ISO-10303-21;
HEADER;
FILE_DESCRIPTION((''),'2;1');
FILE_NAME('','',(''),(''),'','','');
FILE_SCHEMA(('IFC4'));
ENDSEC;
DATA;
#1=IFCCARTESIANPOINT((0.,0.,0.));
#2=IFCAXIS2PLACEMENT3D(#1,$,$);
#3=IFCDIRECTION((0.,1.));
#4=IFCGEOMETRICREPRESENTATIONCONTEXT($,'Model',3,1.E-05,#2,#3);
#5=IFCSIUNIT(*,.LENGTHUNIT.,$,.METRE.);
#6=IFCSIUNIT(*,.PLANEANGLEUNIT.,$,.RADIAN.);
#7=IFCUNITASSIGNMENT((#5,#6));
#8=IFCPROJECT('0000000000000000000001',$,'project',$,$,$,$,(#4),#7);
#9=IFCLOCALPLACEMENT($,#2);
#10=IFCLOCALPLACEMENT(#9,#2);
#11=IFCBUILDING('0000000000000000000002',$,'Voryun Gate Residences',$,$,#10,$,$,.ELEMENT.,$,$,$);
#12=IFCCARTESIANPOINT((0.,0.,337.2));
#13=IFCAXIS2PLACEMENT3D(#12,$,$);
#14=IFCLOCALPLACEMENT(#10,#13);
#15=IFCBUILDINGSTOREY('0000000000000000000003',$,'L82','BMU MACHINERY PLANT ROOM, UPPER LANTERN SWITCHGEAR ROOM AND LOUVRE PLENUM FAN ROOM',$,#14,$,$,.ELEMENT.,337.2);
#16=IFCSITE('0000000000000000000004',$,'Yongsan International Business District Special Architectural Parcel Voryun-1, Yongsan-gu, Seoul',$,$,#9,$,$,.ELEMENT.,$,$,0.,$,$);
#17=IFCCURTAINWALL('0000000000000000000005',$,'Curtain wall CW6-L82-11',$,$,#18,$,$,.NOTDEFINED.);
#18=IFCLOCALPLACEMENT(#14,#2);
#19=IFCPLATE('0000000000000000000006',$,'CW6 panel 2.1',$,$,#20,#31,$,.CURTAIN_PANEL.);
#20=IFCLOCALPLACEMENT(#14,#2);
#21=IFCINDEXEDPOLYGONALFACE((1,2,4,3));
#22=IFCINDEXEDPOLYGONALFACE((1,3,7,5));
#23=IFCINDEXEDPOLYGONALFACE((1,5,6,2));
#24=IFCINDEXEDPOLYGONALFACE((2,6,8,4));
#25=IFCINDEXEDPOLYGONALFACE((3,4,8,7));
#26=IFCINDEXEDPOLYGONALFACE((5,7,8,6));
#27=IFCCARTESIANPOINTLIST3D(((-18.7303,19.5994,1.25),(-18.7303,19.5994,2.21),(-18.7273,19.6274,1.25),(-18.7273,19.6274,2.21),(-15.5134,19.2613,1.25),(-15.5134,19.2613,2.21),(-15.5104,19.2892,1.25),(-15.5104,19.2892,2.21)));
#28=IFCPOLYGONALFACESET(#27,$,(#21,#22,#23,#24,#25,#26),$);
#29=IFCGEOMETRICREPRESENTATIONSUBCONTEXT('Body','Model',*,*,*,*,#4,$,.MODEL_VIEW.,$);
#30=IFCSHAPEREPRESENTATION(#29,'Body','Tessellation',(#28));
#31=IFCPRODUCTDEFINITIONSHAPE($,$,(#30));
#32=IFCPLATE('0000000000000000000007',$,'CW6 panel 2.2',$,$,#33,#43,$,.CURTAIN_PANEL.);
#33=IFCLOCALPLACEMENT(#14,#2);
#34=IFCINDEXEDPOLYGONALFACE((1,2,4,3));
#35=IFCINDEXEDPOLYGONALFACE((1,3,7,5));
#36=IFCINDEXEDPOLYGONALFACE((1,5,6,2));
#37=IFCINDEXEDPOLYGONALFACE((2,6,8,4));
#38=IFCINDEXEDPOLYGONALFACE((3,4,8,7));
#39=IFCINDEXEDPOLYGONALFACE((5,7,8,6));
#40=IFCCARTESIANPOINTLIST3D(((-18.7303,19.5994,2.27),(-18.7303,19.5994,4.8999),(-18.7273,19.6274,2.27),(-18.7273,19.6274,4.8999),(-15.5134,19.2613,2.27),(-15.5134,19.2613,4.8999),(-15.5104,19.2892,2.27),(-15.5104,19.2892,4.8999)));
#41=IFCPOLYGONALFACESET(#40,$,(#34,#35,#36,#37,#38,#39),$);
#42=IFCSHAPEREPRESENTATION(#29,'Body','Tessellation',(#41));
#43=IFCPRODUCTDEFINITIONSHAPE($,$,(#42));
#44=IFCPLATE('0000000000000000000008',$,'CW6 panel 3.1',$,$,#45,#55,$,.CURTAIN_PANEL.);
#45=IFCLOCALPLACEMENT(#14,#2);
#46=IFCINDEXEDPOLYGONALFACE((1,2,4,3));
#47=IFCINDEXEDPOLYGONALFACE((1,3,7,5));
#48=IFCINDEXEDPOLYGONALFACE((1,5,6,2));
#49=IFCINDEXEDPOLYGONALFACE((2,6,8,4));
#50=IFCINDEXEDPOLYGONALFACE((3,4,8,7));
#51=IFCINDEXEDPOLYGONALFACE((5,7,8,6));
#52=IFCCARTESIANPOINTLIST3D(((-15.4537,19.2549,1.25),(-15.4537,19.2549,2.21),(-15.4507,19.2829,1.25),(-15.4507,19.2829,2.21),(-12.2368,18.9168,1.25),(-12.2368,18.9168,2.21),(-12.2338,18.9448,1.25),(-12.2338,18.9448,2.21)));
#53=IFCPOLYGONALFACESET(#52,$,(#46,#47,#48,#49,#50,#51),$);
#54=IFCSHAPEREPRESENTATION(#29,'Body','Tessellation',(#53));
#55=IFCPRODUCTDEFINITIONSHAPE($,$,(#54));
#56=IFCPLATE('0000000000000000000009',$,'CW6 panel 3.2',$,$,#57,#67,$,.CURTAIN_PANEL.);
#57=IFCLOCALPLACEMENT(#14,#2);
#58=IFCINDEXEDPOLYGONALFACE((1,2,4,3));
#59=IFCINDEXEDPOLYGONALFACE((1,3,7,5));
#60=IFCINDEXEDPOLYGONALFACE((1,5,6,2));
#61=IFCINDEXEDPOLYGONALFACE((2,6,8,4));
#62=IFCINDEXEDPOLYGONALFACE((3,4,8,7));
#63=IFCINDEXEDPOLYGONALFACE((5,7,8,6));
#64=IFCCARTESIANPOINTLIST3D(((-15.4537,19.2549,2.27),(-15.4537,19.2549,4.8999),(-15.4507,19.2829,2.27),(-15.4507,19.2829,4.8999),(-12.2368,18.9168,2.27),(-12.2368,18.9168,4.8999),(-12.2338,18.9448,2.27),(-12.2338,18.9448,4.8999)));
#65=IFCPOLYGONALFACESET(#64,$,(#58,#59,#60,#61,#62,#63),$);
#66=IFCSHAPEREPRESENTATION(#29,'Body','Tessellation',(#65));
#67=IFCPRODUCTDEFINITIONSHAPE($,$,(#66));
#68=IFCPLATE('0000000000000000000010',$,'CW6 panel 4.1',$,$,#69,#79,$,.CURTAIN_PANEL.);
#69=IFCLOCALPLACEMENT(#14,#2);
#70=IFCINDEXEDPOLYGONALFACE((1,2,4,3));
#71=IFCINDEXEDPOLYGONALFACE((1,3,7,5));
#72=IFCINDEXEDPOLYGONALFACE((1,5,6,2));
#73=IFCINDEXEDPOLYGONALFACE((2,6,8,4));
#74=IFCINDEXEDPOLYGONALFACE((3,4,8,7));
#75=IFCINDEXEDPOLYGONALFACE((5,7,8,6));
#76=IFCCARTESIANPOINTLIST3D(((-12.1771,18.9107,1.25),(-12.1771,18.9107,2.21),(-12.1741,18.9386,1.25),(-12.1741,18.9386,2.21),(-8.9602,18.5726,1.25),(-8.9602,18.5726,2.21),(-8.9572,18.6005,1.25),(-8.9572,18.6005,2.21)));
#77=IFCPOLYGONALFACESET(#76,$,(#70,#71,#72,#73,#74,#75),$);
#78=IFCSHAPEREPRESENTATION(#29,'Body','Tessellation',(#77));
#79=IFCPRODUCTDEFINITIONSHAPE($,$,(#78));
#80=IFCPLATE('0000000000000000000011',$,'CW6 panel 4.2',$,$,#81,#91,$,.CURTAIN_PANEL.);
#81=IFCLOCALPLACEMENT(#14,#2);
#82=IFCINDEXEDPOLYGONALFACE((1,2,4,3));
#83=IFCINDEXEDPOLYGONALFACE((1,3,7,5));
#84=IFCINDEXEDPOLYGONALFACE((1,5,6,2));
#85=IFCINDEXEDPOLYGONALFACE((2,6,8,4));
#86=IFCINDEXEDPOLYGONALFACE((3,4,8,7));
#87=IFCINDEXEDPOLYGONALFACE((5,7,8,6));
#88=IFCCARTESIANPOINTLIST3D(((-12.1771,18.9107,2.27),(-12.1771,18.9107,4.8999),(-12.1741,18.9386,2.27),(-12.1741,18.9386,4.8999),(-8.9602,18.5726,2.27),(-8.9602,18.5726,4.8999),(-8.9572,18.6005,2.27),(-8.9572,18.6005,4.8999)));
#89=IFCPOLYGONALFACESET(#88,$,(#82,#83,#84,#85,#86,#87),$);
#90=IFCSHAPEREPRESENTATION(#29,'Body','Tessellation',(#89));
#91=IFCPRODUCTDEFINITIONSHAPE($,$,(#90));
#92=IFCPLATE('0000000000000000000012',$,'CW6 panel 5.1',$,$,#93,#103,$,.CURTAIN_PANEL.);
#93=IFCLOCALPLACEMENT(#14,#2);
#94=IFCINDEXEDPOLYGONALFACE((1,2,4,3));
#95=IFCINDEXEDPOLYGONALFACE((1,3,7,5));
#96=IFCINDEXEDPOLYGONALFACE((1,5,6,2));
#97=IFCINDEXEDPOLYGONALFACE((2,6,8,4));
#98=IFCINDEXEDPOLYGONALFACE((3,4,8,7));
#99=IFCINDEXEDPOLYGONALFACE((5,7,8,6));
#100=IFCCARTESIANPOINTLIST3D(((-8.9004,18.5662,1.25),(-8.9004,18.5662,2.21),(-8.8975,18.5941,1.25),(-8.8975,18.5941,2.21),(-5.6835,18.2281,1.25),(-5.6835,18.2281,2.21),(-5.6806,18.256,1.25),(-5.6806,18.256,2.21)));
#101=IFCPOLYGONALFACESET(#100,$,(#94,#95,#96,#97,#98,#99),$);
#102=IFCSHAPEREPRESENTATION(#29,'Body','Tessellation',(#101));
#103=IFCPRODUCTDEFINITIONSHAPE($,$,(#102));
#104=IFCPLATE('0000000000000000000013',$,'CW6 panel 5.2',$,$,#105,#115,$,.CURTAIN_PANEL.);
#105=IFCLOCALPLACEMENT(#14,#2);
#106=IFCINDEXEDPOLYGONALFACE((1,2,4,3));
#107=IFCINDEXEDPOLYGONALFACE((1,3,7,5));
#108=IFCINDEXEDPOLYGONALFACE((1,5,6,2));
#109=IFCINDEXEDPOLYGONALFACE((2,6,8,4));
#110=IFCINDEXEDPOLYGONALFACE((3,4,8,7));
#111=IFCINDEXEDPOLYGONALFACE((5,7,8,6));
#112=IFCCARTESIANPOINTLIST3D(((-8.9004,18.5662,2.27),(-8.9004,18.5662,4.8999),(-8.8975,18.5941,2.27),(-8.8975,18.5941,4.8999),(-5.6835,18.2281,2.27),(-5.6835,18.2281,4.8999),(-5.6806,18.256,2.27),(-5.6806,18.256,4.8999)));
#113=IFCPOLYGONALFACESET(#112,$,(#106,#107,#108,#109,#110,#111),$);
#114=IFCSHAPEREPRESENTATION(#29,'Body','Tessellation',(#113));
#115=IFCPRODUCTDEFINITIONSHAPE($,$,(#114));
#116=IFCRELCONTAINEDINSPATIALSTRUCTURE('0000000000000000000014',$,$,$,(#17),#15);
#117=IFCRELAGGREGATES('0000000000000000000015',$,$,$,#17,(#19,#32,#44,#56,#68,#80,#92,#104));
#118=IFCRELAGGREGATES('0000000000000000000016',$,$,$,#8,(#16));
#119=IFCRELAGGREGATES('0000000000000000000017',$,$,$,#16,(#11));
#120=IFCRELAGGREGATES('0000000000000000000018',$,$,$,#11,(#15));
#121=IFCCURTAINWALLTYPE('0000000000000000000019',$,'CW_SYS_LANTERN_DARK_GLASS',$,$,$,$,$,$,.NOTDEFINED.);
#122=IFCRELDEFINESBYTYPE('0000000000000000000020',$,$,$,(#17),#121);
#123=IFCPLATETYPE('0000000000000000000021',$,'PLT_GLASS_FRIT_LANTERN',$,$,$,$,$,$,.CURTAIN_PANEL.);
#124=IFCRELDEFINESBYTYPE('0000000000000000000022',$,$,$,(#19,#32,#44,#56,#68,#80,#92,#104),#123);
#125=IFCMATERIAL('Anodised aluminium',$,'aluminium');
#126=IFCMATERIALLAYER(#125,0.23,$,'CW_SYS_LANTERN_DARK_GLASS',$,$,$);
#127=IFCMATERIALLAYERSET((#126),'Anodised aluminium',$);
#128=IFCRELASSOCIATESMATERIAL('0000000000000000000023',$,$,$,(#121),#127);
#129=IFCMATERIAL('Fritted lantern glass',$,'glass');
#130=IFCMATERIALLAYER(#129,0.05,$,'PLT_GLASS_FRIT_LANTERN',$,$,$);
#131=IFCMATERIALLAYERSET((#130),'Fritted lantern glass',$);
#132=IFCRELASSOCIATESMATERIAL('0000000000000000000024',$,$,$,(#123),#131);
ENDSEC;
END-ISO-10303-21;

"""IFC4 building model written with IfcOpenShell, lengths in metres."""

from ifc_helpers import new_model, si_unit, direction, frame, origin, origin_2d, place, context, subcontext, project, spatial, rectangle, extrude, material, layer, layer_set, type_object, element, aggregate, save


model = new_model("IFC4")

# Units and contexts
model_context = context("Model", 3, precision=1e-05, world=origin(), true_north=direction((0.0, 1.0)))
body_context = subcontext(model_context, "Body", "Model", "MODEL_VIEW")
ifc_project = project(units=[si_unit("LENGTHUNIT", "METRE"), si_unit("PLANEANGLEUNIT", "RADIAN")], contexts=[model_context])

# Site, building, storey
site_placement = place(None, origin())
site = spatial("IfcSite", under=ifc_project, at=site_placement, Name="Yongsan International Business District Special Architectural Parcel Voryun-1, Yongsan-gu, Seoul", CompositionType="ELEMENT", RefElevation=0.0)
building_placement = place(site_placement, origin())
building = spatial("IfcBuilding", under=site, at=building_placement, Name="Voryun Gate Residences", CompositionType="ELEMENT")
storey_placement = place(building_placement, frame((0.0, 0.0, 337.2)))
storey = spatial("IfcBuildingStorey", under=building, at=storey_placement, Name="L82", Description="BMU MACHINERY PLANT ROOM, UPPER LANTERN SWITCHGEAR ROOM AND LOUVRE PLENUM FAN ROOM", CompositionType="ELEMENT", Elevation=337.2)

# Curtain wall
ifc_material_1 = material(Name="Anodised aluminium", Category="aluminium")
ifc_layer_1 = layer(ifc_material_1, 0.23, Name="CW_SYS_LANTERN_DARK_GLASS")
ifc_layer_set_1 = layer_set([ifc_layer_1], Name="Anodised aluminium")
curtain_wall_type = type_object("IfcCurtainWallType", Name="CW_SYS_LANTERN_DARK_GLASS", PredefinedType="NOTDEFINED", material=ifc_layer_set_1)
curtain_wall_placement = place(storey_placement, origin())
curtain_wall = element("IfcCurtainWall", 1, at=curtain_wall_placement, inside=storey, type_object=curtain_wall_type, Name="Curtain wall CW6-L82-11", PredefinedType="NOTDEFINED")

# Plates
ifc_material_2 = material(Name="Fritted lantern glass", Category="glass")
ifc_layer_2 = layer(ifc_material_2, 0.05, Name="PLT_GLASS_FRIT_LANTERN")
ifc_layer_set_2 = layer_set([ifc_layer_2], Name="Fritted lantern glass")
plate_type_1 = type_object("IfcPlateType", Name="PLT_GLASS_FRIT_LANTERN", PredefinedType="CURTAIN_PANEL", material=ifc_layer_set_2)
plate_1_placement = place(storey_placement, frame((-17.1204, 19.4443, 1.25), z_axis=(0.0, 0.0, 1.0), x_axis=(0.994522, -0.104528, 0.0)))
plate_1 = element("IfcPlate", 2, at=plate_1_placement, type_object=plate_type_1, Name="CW6 panel 2.1", PredefinedType="CURTAIN_PANEL", context=body_context, shape_type="SweptSolid", body=[
    extrude(rectangle(XDim=3.2346, YDim=0.0281, at=origin_2d()), origin(), (0.0, 0.0, 1.0), 0.96),
])
plate_2_placement = place(storey_placement, frame((-17.1204, 19.4443, 2.27), z_axis=(0.0, 0.0, 1.0), x_axis=(0.994522, -0.104528, 0.0)))
plate_2 = element("IfcPlate", 3, at=plate_2_placement, type_object=plate_type_1, Name="CW6 panel 2.2", PredefinedType="CURTAIN_PANEL", context=body_context, shape_type="SweptSolid", body=[
    extrude(rectangle(XDim=3.2346, YDim=0.0281, at=origin_2d()), origin(), (0.0, 0.0, 1.0), 2.6299),
])
plate_3_placement = place(storey_placement, frame((-13.8438, 19.0999, 1.25), z_axis=(0.0, 0.0, 1.0), x_axis=(0.994522, -0.104528, 0.0)))
plate_3 = element("IfcPlate", 4, at=plate_3_placement, type_object=plate_type_1, Name="CW6 panel 3.1", PredefinedType="CURTAIN_PANEL", context=body_context, shape_type="SweptSolid", body=[
    extrude(rectangle(XDim=3.2346, YDim=0.0281, at=origin_2d()), origin(), (0.0, 0.0, 1.0), 0.96),
])
plate_4_placement = place(storey_placement, frame((-13.8438, 19.0999, 2.27), z_axis=(0.0, 0.0, 1.0), x_axis=(0.994522, -0.104528, 0.0)))
plate_4 = element("IfcPlate", 5, at=plate_4_placement, type_object=plate_type_1, Name="CW6 panel 3.2", PredefinedType="CURTAIN_PANEL", context=body_context, shape_type="SweptSolid", body=[
    extrude(rectangle(XDim=3.2346, YDim=0.0281, at=origin_2d()), origin(), (0.0, 0.0, 1.0), 2.6299),
])
plate_5_placement = place(storey_placement, frame((-10.5671, 18.7556, 1.25), z_axis=(0.0, 0.0, 1.0), x_axis=(0.994522, -0.104528, 0.0)))
plate_5 = element("IfcPlate", 6, at=plate_5_placement, type_object=plate_type_1, Name="CW6 panel 4.1", PredefinedType="CURTAIN_PANEL", context=body_context, shape_type="SweptSolid", body=[
    extrude(rectangle(XDim=3.2346, YDim=0.0281, at=origin_2d()), origin(), (0.0, 0.0, 1.0), 0.96),
])
plate_6_placement = place(storey_placement, frame((-10.5671, 18.7556, 2.27), z_axis=(0.0, 0.0, 1.0), x_axis=(0.994522, -0.104528, 0.0)))
plate_6 = element("IfcPlate", 7, at=plate_6_placement, type_object=plate_type_1, Name="CW6 panel 4.2", PredefinedType="CURTAIN_PANEL", context=body_context, shape_type="SweptSolid", body=[
    extrude(rectangle(XDim=3.2346, YDim=0.0281, at=origin_2d()), origin(), (0.0, 0.0, 1.0), 2.6299),
])
plate_7_placement = place(storey_placement, frame((-7.2905, 18.4111, 1.25), z_axis=(0.0, 0.0, 1.0), x_axis=(0.994522, -0.104528, 0.0)))
plate_7 = element("IfcPlate", 8, at=plate_7_placement, type_object=plate_type_1, Name="CW6 panel 5.1", PredefinedType="CURTAIN_PANEL", context=body_context, shape_type="SweptSolid", body=[
    extrude(rectangle(XDim=3.2346, YDim=0.0281, at=origin_2d()), origin(), (0.0, 0.0, 1.0), 0.96),
])
plate_8_placement = place(storey_placement, frame((-7.2905, 18.4111, 2.27), z_axis=(0.0, 0.0, 1.0), x_axis=(0.994522, -0.104528, 0.0)))
plate_8 = element("IfcPlate", 9, at=plate_8_placement, type_object=plate_type_1, Name="CW6 panel 5.2", PredefinedType="CURTAIN_PANEL", context=body_context, shape_type="SweptSolid", body=[
    extrude(rectangle(XDim=3.2346, YDim=0.0281, at=origin_2d()), origin(), (0.0, 0.0, 1.0), 2.6299),
])
aggregate(curtain_wall, [plate_1, plate_2, plate_3, plate_4, plate_5, plate_6, plate_7, plate_8])

save(model, "model.ifc")
